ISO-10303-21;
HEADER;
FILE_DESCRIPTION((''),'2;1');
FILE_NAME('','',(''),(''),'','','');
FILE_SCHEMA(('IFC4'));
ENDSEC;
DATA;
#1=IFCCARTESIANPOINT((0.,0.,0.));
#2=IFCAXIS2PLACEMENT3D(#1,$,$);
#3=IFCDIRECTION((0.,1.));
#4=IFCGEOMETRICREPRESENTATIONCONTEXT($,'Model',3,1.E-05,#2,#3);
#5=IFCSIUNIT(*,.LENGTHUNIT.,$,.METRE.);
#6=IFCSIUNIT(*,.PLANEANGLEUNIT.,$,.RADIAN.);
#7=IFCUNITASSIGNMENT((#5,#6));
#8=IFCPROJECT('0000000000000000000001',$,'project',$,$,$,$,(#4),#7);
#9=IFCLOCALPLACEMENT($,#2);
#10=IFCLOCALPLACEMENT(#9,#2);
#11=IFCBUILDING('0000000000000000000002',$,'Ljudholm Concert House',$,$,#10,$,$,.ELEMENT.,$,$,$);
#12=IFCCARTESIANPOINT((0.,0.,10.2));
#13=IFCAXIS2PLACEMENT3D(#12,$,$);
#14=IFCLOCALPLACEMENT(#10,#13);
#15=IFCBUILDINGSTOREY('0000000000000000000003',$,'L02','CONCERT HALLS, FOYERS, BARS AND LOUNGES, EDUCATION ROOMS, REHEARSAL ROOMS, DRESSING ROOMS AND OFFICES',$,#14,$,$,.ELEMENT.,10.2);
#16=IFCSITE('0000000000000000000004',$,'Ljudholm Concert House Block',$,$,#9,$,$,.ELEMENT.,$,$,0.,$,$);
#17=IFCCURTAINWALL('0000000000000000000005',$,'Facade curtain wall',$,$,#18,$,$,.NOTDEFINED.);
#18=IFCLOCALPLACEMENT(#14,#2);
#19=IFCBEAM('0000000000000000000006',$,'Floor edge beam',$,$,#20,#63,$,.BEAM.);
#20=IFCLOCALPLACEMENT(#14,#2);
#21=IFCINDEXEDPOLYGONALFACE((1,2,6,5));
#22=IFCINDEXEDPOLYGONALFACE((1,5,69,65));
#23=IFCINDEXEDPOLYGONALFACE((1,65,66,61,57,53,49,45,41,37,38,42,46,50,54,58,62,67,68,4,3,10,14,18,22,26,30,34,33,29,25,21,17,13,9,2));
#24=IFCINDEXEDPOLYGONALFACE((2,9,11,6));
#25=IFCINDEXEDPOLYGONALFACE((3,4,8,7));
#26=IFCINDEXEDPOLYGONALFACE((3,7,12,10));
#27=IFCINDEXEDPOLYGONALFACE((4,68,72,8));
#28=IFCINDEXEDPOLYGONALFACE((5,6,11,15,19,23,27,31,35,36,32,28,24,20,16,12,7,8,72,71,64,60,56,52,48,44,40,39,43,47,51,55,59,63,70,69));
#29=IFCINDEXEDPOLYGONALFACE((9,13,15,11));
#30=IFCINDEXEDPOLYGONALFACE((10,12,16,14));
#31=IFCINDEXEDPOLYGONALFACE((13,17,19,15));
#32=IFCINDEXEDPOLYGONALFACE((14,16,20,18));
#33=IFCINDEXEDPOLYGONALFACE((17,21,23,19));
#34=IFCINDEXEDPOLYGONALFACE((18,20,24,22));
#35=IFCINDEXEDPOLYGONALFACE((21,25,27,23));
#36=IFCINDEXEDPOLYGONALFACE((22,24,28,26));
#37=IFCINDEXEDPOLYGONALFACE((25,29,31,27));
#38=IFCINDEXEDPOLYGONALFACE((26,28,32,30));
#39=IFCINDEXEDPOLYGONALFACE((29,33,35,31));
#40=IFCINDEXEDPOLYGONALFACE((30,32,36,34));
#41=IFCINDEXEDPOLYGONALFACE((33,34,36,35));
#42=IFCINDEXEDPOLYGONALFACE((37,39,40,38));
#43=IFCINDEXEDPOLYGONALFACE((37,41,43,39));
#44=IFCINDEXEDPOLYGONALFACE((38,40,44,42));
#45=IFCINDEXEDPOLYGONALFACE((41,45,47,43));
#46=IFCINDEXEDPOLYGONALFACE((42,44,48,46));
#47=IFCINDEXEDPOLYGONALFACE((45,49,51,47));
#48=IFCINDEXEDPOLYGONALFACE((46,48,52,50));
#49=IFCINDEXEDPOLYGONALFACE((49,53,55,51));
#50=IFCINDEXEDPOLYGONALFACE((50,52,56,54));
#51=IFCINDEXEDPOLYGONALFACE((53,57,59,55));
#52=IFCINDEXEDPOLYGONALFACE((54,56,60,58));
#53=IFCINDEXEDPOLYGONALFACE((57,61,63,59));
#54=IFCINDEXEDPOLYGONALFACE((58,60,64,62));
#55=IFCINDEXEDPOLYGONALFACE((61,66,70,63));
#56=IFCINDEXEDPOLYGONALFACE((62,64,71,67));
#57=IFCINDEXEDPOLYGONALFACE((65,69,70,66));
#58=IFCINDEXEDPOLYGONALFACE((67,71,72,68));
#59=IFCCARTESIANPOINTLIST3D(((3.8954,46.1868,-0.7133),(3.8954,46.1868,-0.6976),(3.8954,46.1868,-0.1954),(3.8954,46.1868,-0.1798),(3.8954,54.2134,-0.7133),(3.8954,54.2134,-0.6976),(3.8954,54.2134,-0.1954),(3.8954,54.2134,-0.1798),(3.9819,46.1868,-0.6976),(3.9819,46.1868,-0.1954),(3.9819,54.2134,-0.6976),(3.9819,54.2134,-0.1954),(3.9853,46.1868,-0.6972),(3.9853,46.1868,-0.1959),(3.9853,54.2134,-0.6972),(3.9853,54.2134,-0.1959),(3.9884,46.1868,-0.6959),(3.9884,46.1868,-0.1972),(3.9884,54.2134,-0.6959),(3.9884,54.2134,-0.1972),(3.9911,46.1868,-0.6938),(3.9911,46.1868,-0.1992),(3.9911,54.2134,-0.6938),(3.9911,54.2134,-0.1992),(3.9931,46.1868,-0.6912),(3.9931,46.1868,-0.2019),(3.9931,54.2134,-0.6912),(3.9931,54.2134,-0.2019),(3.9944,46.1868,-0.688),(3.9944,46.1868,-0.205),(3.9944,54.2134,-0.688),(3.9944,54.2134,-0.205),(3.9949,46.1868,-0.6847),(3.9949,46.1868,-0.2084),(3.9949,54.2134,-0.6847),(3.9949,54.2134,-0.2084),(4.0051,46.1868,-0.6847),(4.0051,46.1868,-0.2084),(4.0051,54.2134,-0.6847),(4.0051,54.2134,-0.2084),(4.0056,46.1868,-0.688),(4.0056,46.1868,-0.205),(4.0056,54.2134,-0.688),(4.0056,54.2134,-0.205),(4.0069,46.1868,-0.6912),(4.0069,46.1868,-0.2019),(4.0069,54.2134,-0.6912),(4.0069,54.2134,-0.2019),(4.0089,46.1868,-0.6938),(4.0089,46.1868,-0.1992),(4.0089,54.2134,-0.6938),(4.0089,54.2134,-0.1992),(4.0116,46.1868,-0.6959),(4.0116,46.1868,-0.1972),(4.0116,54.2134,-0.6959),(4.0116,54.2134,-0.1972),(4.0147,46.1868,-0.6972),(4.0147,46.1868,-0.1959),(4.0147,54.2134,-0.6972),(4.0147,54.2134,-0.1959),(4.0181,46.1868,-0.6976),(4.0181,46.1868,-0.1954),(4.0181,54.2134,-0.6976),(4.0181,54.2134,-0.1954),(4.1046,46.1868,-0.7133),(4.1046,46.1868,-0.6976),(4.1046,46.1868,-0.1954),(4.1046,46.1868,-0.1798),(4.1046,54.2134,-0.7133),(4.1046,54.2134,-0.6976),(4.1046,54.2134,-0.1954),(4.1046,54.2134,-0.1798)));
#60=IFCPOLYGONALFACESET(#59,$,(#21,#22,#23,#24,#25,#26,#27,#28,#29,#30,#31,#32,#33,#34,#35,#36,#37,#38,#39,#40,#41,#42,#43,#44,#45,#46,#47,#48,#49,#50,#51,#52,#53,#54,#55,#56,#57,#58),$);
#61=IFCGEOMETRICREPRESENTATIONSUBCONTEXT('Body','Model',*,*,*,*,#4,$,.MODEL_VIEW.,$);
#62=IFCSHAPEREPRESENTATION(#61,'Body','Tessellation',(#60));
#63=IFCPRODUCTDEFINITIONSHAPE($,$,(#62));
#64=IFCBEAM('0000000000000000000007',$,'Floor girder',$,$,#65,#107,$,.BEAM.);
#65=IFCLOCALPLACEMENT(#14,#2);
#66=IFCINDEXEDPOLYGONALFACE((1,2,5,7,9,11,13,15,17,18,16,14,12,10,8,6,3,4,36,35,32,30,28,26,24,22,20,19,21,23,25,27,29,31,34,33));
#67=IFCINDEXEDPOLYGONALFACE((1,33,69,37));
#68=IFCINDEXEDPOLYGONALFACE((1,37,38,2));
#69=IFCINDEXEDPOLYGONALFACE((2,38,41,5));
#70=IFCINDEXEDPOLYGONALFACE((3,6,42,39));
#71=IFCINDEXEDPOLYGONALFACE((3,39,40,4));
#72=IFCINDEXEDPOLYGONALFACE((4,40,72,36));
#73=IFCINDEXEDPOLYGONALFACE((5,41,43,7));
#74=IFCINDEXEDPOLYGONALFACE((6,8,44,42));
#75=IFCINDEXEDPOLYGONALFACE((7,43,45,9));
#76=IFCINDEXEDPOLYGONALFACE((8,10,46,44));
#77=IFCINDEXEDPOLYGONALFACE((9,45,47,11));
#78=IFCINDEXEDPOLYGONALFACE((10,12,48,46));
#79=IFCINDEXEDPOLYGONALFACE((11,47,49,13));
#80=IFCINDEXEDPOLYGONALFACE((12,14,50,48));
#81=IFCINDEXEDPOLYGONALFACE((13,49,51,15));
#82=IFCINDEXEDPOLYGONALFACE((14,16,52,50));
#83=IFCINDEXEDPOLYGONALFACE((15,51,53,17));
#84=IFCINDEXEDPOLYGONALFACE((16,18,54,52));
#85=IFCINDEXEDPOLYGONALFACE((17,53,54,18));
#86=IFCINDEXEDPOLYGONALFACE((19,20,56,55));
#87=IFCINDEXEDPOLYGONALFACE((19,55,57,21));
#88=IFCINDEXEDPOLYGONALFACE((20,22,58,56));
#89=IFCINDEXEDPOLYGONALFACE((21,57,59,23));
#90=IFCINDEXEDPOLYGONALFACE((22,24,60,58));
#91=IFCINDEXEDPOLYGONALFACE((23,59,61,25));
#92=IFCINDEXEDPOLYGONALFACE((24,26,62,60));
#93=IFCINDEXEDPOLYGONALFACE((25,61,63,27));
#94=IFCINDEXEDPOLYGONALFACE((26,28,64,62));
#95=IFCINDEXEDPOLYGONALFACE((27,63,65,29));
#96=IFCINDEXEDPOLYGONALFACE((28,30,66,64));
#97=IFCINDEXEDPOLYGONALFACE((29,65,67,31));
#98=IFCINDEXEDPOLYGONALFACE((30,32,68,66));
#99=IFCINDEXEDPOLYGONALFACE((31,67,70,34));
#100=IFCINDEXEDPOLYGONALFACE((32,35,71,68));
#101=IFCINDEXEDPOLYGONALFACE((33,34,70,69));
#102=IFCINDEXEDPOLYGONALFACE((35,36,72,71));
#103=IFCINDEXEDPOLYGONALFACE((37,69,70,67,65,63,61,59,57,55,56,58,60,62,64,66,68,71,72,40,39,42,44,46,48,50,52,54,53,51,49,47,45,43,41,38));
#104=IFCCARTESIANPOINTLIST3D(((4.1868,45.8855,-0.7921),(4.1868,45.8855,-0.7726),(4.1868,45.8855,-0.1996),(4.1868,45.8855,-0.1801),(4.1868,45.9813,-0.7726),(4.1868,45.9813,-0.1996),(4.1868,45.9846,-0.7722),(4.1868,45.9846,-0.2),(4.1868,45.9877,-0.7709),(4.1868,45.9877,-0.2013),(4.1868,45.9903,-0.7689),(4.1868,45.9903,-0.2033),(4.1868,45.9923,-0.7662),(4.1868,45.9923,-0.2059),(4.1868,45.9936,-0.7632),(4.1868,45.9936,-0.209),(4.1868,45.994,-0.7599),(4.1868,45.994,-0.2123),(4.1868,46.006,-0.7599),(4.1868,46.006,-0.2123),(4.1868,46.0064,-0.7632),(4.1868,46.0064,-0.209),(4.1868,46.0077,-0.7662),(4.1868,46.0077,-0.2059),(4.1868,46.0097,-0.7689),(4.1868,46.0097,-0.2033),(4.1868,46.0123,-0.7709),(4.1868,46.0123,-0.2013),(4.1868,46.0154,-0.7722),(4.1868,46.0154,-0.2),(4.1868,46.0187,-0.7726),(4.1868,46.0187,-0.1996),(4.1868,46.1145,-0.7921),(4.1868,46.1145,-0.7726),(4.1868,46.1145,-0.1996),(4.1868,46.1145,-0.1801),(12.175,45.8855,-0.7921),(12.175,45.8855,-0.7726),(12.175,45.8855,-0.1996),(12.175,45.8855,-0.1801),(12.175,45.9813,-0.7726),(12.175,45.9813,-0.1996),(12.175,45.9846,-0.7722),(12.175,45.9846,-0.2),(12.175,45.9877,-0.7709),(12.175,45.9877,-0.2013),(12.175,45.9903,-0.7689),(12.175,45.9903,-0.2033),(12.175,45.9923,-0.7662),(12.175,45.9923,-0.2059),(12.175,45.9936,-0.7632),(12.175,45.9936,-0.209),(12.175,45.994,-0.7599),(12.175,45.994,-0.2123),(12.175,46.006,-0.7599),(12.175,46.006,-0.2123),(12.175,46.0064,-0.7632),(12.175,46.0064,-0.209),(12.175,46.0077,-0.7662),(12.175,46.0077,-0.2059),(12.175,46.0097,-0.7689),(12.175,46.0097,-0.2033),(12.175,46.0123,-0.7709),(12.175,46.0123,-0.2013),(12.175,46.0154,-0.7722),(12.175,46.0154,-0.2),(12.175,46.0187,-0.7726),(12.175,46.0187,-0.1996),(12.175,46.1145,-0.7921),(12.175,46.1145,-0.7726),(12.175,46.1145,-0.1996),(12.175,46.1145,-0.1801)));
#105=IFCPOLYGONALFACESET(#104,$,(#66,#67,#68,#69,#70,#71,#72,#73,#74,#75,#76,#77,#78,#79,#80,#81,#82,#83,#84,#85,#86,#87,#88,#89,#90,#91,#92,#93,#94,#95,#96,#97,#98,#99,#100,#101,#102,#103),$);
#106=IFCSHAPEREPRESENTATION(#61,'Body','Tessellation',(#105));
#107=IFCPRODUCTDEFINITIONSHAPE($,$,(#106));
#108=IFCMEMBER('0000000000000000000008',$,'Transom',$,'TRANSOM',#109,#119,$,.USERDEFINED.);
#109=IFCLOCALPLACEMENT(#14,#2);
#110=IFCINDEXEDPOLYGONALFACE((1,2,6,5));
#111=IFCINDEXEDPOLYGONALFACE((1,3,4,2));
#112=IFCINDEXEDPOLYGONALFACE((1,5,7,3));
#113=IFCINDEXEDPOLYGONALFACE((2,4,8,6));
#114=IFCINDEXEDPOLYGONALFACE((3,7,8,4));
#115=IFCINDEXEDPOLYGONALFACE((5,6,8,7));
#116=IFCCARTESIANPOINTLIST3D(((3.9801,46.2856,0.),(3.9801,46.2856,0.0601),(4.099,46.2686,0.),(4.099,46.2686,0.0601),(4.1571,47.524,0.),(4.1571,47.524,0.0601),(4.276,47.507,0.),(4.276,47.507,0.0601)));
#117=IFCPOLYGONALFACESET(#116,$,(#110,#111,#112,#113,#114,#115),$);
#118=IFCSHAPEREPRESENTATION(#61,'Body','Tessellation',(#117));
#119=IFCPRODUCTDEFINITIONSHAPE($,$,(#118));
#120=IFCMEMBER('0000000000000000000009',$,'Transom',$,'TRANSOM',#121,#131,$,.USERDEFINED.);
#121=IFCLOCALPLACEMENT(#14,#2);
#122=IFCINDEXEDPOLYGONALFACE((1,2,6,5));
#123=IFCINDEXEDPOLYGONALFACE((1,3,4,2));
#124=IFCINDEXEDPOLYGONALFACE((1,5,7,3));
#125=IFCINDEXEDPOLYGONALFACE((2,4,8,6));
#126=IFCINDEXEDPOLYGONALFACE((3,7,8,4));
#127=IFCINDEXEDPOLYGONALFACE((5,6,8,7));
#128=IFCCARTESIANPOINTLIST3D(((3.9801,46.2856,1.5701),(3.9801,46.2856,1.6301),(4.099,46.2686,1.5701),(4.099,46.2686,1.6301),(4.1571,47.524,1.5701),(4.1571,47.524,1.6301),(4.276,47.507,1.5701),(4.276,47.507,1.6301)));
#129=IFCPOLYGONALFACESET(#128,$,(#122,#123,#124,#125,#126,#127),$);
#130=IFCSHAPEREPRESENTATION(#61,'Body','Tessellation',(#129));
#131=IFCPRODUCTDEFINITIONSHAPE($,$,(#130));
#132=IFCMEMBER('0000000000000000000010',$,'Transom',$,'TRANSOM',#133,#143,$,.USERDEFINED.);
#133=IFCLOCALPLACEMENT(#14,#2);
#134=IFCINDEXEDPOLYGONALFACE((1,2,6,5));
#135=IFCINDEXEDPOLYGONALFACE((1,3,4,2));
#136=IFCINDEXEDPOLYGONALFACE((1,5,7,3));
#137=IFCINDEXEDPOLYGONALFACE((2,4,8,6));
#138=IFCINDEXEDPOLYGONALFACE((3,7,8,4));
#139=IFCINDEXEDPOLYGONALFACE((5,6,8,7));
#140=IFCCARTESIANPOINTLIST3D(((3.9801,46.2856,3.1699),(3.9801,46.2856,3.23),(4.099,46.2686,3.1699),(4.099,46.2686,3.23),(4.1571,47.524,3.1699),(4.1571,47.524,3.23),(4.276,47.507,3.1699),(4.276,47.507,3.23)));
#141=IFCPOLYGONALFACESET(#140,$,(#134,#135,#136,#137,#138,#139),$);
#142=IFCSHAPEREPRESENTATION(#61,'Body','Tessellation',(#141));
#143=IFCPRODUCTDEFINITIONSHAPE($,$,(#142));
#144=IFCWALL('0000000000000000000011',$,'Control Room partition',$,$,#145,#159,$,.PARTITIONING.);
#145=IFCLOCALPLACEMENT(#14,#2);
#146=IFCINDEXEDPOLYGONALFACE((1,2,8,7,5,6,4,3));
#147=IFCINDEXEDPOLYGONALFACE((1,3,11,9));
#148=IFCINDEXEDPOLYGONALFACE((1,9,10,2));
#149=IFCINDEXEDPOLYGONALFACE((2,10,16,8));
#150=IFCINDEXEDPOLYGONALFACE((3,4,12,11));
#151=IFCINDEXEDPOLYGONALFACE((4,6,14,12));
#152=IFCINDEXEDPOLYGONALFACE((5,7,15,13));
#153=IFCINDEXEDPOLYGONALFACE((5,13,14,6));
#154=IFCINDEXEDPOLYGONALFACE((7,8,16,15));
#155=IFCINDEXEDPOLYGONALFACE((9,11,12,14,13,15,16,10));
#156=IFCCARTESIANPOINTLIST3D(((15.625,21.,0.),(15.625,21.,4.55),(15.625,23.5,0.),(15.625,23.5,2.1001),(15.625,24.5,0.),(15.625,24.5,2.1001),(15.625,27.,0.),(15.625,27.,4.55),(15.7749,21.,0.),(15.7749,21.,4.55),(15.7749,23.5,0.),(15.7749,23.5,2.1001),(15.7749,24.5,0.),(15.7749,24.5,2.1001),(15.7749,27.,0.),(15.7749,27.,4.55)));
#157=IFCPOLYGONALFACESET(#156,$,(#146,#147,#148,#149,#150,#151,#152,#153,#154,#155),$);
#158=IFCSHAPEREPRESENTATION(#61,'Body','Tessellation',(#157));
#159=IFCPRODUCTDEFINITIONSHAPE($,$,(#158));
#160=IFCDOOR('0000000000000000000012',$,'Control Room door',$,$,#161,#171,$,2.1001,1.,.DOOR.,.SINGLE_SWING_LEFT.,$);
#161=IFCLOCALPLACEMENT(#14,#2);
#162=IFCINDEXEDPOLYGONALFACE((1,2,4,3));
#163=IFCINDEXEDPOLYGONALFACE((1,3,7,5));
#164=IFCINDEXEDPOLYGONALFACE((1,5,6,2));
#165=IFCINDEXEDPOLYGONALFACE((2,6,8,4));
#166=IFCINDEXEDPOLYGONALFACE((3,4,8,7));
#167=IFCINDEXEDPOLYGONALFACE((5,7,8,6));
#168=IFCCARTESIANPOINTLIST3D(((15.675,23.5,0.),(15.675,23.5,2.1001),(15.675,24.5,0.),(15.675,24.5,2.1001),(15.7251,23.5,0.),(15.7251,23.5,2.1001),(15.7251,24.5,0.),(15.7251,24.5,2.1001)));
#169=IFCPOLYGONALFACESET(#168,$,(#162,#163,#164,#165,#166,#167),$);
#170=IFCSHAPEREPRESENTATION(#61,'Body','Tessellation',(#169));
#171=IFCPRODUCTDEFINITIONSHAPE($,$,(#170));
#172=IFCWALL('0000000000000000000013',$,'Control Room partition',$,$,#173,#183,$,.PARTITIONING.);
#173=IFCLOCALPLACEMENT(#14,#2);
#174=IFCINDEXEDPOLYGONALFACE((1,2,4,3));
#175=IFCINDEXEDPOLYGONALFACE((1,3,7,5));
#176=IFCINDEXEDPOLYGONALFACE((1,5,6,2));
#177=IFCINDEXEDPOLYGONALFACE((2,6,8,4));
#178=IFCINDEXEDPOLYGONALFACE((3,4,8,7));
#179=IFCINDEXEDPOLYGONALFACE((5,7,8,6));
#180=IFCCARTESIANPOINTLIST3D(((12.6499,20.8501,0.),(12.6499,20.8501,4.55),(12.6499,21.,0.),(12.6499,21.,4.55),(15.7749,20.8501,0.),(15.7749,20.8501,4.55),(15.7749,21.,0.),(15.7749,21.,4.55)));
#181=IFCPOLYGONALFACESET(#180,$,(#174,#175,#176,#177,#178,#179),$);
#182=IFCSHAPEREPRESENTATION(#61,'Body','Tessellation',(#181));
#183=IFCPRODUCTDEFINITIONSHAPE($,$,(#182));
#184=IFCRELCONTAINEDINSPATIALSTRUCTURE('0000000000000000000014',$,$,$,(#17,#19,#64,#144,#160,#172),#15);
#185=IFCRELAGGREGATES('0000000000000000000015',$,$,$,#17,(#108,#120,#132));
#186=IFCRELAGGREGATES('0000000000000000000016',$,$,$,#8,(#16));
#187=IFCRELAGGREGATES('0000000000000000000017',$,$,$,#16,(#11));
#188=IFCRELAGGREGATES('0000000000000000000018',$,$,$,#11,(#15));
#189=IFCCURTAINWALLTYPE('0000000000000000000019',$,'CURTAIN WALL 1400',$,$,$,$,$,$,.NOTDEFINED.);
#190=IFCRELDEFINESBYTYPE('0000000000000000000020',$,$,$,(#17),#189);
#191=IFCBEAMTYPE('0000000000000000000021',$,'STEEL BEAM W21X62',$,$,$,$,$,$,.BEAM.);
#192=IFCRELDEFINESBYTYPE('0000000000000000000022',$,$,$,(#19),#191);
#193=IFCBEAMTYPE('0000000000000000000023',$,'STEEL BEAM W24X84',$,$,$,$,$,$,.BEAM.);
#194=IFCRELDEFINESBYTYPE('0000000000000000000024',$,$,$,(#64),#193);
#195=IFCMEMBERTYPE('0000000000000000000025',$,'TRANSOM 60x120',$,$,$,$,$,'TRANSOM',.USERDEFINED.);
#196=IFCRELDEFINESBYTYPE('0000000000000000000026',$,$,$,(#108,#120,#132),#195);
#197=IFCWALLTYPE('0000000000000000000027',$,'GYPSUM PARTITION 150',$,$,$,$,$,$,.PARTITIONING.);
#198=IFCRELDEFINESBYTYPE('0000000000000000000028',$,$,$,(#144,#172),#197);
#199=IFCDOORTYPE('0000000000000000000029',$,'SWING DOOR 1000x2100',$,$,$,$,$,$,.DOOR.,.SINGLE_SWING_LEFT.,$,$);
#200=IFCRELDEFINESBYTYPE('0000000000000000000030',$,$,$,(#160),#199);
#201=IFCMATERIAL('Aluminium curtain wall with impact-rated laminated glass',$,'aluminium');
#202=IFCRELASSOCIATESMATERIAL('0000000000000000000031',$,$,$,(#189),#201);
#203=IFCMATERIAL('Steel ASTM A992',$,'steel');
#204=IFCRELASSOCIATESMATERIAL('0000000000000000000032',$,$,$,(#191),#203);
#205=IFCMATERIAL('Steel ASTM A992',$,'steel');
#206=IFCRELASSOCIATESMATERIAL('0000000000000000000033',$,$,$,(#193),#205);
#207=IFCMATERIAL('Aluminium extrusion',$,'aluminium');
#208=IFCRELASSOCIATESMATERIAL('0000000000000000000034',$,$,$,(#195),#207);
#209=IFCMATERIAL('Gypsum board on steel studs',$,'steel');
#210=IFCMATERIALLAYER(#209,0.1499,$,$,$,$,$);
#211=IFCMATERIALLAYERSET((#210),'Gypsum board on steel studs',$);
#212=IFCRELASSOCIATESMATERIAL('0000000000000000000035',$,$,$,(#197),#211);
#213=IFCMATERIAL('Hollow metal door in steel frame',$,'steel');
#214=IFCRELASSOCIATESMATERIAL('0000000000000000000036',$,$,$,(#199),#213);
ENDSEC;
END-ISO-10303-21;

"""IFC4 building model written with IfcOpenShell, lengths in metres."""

from ifc_helpers import new_model, si_unit, direction, frame, frame_2d, origin, origin_2d, place, context, subcontext, project, spatial, rectangle, i_section, extrude, material, layer, layer_set, material_profile, profile_set, type_object, element, fill, aggregate, save


model = new_model("IFC4")

# Units and contexts
model_context = context("Model", 3, precision=1e-05, world=origin(), true_north=direction((0.0, 1.0)))
body_context = subcontext(model_context, "Body", "Model", "MODEL_VIEW")
ifc_project = project(units=[si_unit("LENGTHUNIT", "METRE"), si_unit("PLANEANGLEUNIT", "RADIAN")], contexts=[model_context])

# Site, building, storey
site_placement = place(None, origin())
site = spatial("IfcSite", under=ifc_project, at=site_placement, Name="Ljudholm Concert House Block", CompositionType="ELEMENT", RefElevation=0.0)
building_placement = place(site_placement, origin())
building = spatial("IfcBuilding", under=site, at=building_placement, Name="Ljudholm Concert House", CompositionType="ELEMENT")
storey_placement = place(building_placement, frame((0.0, 0.0, 10.2)))
storey = spatial("IfcBuildingStorey", under=building, at=storey_placement, Name="L02", Description="CONCERT HALLS, FOYERS, BARS AND LOUNGES, EDUCATION ROOMS, REHEARSAL ROOMS, DRESSING ROOMS AND OFFICES", CompositionType="ELEMENT", Elevation=10.2)

# Curtain wall
ifc_material_1 = material(Name="Aluminium curtain wall with impact-rated laminated glass", Category="aluminium")
curtain_wall_type = type_object("IfcCurtainWallType", Name="CURTAIN WALL 1400", PredefinedType="NOTDEFINED", material=ifc_material_1)
curtain_wall_placement = place(storey_placement, origin())
curtain_wall = element("IfcCurtainWall", 1, at=curtain_wall_placement, inside=storey, type_object=curtain_wall_type, Name="Facade curtain wall", PredefinedType="NOTDEFINED")

# Beams
ifc_material_2 = material(Name="Steel ASTM A992", Category="steel")
ifc_material_profile_1 = material_profile(ifc_material_2, i_section(OverallWidth=0.2092, OverallDepth=0.5334, WebThickness=0.0103, FlangeThickness=0.0156, FilletRadius=0.0129, at=origin_2d()), Name="W21X62")
ifc_profile_set_1 = profile_set([ifc_material_profile_1], Name="Steel ASTM A992")
beam_type_1 = type_object("IfcBeamType", Name="STEEL BEAM W21X62", PredefinedType="BEAM", material=ifc_profile_set_1)
beam_1_placement = place(storey_placement, frame((4.0, 46.1868, -0.4465), z_axis=(0.0, 1.0, 0.0), x_axis=(-1.0, 0.0, 0.0)))
element("IfcBeam", 2, at=beam_1_placement, inside=storey, type_object=beam_type_1, Name="Floor edge beam", PredefinedType="BEAM", context=body_context, shape_type="SweptSolid", body=[
    extrude(i_section(OverallWidth=0.2092, OverallDepth=0.5334, WebThickness=0.0103, FlangeThickness=0.0156, FilletRadius=0.0129, at=origin_2d()), origin(), (0.0, 0.0, 1.0), 8.0266),
])
ifc_material_3 = material(Name="Steel ASTM A992", Category="steel")
ifc_material_profile_2 = material_profile(ifc_material_3, i_section(OverallWidth=0.229, OverallDepth=0.6121, WebThickness=0.012, FlangeThickness=0.0195, FilletRadius=0.0127, at=origin_2d()), Name="W24X84")
ifc_profile_set_2 = profile_set([ifc_material_profile_2], Name="Steel ASTM A992")
beam_type_2 = type_object("IfcBeamType", Name="STEEL BEAM W24X84", PredefinedType="BEAM", material=ifc_profile_set_2)
beam_2_placement = place(storey_placement, frame((4.1868, 46.0, -0.4861), z_axis=(1.0, 0.0, 0.0), x_axis=(0.0, 1.0, 0.0)))
element("IfcBeam", 3, at=beam_2_placement, inside=storey, type_object=beam_type_2, Name="Floor girder", PredefinedType="BEAM", context=body_context, shape_type="SweptSolid", body=[
    extrude(i_section(OverallWidth=0.229, OverallDepth=0.6121, WebThickness=0.012, FlangeThickness=0.0195, FilletRadius=0.0127, at=origin_2d()), origin(), (0.0, 0.0, 1.0), 7.9883),
])

# Members
ifc_material_4 = material(Name="Aluminium extrusion", Category="aluminium")
ifc_material_profile_3 = material_profile(ifc_material_4, rectangle(XDim=0.1201, YDim=0.0601, at=origin_2d()), Name="TRANSOM 60x120")
ifc_profile_set_3 = profile_set([ifc_material_profile_3], Name="Aluminium extrusion")
member_type_1 = type_object("IfcMemberType", Name="TRANSOM 60x120", ElementType="TRANSOM", PredefinedType="USERDEFINED", material=ifc_profile_set_3)
member_1_placement = place(storey_placement, frame((4.0396, 46.2771, 0.03), z_axis=(0.141503, 0.989938, 0.0), x_axis=(-0.989938, 0.141503, 0.0)))
member_1 = element("IfcMember", 4, at=member_1_placement, type_object=member_type_1, Name="Transom", ObjectType="TRANSOM", PredefinedType="USERDEFINED", context=body_context, shape_type="SweptSolid", body=[
    extrude(rectangle(XDim=0.1201, YDim=0.0601, at=origin_2d()), origin(), (0.0, 0.0, 1.0), 1.251),
])
member_2_placement = place(storey_placement, frame((4.0396, 46.2771, 1.6001), z_axis=(0.141503, 0.989938, 0.0), x_axis=(-0.989938, 0.141503, 0.0)))
member_2 = element("IfcMember", 5, at=member_2_placement, type_object=member_type_1, Name="Transom", ObjectType="TRANSOM", PredefinedType="USERDEFINED", context=body_context, shape_type="SweptSolid", body=[
    extrude(rectangle(XDim=0.1201, YDim=0.0601, at=origin_2d()), origin(), (0.0, 0.0, 1.0), 1.251),
])
member_3_placement = place(storey_placement, frame((4.0396, 46.2771, 3.2), z_axis=(0.141503, 0.989938, 0.0), x_axis=(-0.989938, 0.141503, 0.0)))
member_3 = element("IfcMember", 6, at=member_3_placement, type_object=member_type_1, Name="Transom", ObjectType="TRANSOM", PredefinedType="USERDEFINED", context=body_context, shape_type="SweptSolid", body=[
    extrude(rectangle(XDim=0.1201, YDim=0.0601, at=origin_2d()), origin(), (0.0, 0.0, 1.0), 1.251),
])
aggregate(curtain_wall, [member_1, member_2, member_3])

# Wall, opening, door
ifc_material_5 = material(Name="Gypsum board on steel studs", Category="steel")
ifc_layer_1 = layer(ifc_material_5, 0.1499)
ifc_layer_set_1 = layer_set([ifc_layer_1], Name="Gypsum board on steel studs")
wall_type_1 = type_object("IfcWallType", Name="GYPSUM PARTITION 150", PredefinedType="PARTITIONING", material=ifc_layer_set_1)
wall_1_placement = place(storey_placement, frame((15.7, 21.0, 0.0), z_axis=(0.0, 0.0, 1.0), x_axis=(0.0, 1.0, 0.0)))
wall_1 = element("IfcWall", 7, at=wall_1_placement, inside=storey, type_object=wall_type_1, Name="Control Room partition", PredefinedType="PARTITIONING", context=body_context, shape_type="SweptSolid", body=[
    extrude(rectangle(XDim=6.0, YDim=0.1499, at=frame_2d((3.0, 0.0))), origin(), (0.0, 0.0, 1.0), 4.55),
])
opening_1_placement = place(wall_1_placement, frame((2.5, 0.0, 0.0)))
opening_1 = element("IfcOpeningElement", 8, at=opening_1_placement, cuts=wall_1, PredefinedType="OPENING", context=body_context, shape_type="SweptSolid", body=[
    extrude(rectangle(XDim=1.0, YDim=2.1001, at=frame_2d((0.5, 1.05))), frame((0.0, 0.085, 0.0), z_axis=(0.0, -1.0, 0.0), x_axis=(1.0, 0.0, 0.0)), (0.0, 0.0, 1.0), 0.1699),
])
ifc_material_6 = material(Name="Hollow metal door in steel frame", Category="steel")
door_type_1 = type_object("IfcDoorType", Name="SWING DOOR 1000x2100", OperationType="SINGLE_SWING_LEFT", PredefinedType="DOOR", material=ifc_material_6)
door_1_placement = place(opening_1_placement, origin())
door_1 = element("IfcDoor", 9, at=door_1_placement, inside=storey, type_object=door_type_1, Name="Control Room door", OperationType="SINGLE_SWING_LEFT", OverallHeight=2.1001, OverallWidth=1.0, PredefinedType="DOOR", context=body_context, shape_type="SweptSolid", body=[
    extrude(rectangle(XDim=1.0, YDim=2.1001, at=frame_2d((0.5, 1.05))), frame((0.0, 0.0249, 0.0), z_axis=(0.0, -1.0, 0.0), x_axis=(1.0, 0.0, 0.0)), (0.0, 0.0, 1.0), 0.05),
])
fill(opening_1, door_1)

# Wall
for number, where, z_axis, x_axis, name in (
    (10, (12.6499, 20.925, 0.0), (0.0, 0.0, 1.0), (1.0, 0.0, 0.0), "Control Room partition"),
):
    element("IfcWall", number, at=place(storey_placement, frame(where, z_axis=z_axis, x_axis=x_axis)), inside=storey, type_object=wall_type_1, Name=name, PredefinedType="PARTITIONING", context=body_context, shape_type="SweptSolid", body=[
        extrude(rectangle(XDim=3.125, YDim=0.1499, at=frame_2d((1.5625, 0.0))), origin(), (0.0, 0.0, 1.0), 4.55),
    ])

save(model, "model.ifc")
